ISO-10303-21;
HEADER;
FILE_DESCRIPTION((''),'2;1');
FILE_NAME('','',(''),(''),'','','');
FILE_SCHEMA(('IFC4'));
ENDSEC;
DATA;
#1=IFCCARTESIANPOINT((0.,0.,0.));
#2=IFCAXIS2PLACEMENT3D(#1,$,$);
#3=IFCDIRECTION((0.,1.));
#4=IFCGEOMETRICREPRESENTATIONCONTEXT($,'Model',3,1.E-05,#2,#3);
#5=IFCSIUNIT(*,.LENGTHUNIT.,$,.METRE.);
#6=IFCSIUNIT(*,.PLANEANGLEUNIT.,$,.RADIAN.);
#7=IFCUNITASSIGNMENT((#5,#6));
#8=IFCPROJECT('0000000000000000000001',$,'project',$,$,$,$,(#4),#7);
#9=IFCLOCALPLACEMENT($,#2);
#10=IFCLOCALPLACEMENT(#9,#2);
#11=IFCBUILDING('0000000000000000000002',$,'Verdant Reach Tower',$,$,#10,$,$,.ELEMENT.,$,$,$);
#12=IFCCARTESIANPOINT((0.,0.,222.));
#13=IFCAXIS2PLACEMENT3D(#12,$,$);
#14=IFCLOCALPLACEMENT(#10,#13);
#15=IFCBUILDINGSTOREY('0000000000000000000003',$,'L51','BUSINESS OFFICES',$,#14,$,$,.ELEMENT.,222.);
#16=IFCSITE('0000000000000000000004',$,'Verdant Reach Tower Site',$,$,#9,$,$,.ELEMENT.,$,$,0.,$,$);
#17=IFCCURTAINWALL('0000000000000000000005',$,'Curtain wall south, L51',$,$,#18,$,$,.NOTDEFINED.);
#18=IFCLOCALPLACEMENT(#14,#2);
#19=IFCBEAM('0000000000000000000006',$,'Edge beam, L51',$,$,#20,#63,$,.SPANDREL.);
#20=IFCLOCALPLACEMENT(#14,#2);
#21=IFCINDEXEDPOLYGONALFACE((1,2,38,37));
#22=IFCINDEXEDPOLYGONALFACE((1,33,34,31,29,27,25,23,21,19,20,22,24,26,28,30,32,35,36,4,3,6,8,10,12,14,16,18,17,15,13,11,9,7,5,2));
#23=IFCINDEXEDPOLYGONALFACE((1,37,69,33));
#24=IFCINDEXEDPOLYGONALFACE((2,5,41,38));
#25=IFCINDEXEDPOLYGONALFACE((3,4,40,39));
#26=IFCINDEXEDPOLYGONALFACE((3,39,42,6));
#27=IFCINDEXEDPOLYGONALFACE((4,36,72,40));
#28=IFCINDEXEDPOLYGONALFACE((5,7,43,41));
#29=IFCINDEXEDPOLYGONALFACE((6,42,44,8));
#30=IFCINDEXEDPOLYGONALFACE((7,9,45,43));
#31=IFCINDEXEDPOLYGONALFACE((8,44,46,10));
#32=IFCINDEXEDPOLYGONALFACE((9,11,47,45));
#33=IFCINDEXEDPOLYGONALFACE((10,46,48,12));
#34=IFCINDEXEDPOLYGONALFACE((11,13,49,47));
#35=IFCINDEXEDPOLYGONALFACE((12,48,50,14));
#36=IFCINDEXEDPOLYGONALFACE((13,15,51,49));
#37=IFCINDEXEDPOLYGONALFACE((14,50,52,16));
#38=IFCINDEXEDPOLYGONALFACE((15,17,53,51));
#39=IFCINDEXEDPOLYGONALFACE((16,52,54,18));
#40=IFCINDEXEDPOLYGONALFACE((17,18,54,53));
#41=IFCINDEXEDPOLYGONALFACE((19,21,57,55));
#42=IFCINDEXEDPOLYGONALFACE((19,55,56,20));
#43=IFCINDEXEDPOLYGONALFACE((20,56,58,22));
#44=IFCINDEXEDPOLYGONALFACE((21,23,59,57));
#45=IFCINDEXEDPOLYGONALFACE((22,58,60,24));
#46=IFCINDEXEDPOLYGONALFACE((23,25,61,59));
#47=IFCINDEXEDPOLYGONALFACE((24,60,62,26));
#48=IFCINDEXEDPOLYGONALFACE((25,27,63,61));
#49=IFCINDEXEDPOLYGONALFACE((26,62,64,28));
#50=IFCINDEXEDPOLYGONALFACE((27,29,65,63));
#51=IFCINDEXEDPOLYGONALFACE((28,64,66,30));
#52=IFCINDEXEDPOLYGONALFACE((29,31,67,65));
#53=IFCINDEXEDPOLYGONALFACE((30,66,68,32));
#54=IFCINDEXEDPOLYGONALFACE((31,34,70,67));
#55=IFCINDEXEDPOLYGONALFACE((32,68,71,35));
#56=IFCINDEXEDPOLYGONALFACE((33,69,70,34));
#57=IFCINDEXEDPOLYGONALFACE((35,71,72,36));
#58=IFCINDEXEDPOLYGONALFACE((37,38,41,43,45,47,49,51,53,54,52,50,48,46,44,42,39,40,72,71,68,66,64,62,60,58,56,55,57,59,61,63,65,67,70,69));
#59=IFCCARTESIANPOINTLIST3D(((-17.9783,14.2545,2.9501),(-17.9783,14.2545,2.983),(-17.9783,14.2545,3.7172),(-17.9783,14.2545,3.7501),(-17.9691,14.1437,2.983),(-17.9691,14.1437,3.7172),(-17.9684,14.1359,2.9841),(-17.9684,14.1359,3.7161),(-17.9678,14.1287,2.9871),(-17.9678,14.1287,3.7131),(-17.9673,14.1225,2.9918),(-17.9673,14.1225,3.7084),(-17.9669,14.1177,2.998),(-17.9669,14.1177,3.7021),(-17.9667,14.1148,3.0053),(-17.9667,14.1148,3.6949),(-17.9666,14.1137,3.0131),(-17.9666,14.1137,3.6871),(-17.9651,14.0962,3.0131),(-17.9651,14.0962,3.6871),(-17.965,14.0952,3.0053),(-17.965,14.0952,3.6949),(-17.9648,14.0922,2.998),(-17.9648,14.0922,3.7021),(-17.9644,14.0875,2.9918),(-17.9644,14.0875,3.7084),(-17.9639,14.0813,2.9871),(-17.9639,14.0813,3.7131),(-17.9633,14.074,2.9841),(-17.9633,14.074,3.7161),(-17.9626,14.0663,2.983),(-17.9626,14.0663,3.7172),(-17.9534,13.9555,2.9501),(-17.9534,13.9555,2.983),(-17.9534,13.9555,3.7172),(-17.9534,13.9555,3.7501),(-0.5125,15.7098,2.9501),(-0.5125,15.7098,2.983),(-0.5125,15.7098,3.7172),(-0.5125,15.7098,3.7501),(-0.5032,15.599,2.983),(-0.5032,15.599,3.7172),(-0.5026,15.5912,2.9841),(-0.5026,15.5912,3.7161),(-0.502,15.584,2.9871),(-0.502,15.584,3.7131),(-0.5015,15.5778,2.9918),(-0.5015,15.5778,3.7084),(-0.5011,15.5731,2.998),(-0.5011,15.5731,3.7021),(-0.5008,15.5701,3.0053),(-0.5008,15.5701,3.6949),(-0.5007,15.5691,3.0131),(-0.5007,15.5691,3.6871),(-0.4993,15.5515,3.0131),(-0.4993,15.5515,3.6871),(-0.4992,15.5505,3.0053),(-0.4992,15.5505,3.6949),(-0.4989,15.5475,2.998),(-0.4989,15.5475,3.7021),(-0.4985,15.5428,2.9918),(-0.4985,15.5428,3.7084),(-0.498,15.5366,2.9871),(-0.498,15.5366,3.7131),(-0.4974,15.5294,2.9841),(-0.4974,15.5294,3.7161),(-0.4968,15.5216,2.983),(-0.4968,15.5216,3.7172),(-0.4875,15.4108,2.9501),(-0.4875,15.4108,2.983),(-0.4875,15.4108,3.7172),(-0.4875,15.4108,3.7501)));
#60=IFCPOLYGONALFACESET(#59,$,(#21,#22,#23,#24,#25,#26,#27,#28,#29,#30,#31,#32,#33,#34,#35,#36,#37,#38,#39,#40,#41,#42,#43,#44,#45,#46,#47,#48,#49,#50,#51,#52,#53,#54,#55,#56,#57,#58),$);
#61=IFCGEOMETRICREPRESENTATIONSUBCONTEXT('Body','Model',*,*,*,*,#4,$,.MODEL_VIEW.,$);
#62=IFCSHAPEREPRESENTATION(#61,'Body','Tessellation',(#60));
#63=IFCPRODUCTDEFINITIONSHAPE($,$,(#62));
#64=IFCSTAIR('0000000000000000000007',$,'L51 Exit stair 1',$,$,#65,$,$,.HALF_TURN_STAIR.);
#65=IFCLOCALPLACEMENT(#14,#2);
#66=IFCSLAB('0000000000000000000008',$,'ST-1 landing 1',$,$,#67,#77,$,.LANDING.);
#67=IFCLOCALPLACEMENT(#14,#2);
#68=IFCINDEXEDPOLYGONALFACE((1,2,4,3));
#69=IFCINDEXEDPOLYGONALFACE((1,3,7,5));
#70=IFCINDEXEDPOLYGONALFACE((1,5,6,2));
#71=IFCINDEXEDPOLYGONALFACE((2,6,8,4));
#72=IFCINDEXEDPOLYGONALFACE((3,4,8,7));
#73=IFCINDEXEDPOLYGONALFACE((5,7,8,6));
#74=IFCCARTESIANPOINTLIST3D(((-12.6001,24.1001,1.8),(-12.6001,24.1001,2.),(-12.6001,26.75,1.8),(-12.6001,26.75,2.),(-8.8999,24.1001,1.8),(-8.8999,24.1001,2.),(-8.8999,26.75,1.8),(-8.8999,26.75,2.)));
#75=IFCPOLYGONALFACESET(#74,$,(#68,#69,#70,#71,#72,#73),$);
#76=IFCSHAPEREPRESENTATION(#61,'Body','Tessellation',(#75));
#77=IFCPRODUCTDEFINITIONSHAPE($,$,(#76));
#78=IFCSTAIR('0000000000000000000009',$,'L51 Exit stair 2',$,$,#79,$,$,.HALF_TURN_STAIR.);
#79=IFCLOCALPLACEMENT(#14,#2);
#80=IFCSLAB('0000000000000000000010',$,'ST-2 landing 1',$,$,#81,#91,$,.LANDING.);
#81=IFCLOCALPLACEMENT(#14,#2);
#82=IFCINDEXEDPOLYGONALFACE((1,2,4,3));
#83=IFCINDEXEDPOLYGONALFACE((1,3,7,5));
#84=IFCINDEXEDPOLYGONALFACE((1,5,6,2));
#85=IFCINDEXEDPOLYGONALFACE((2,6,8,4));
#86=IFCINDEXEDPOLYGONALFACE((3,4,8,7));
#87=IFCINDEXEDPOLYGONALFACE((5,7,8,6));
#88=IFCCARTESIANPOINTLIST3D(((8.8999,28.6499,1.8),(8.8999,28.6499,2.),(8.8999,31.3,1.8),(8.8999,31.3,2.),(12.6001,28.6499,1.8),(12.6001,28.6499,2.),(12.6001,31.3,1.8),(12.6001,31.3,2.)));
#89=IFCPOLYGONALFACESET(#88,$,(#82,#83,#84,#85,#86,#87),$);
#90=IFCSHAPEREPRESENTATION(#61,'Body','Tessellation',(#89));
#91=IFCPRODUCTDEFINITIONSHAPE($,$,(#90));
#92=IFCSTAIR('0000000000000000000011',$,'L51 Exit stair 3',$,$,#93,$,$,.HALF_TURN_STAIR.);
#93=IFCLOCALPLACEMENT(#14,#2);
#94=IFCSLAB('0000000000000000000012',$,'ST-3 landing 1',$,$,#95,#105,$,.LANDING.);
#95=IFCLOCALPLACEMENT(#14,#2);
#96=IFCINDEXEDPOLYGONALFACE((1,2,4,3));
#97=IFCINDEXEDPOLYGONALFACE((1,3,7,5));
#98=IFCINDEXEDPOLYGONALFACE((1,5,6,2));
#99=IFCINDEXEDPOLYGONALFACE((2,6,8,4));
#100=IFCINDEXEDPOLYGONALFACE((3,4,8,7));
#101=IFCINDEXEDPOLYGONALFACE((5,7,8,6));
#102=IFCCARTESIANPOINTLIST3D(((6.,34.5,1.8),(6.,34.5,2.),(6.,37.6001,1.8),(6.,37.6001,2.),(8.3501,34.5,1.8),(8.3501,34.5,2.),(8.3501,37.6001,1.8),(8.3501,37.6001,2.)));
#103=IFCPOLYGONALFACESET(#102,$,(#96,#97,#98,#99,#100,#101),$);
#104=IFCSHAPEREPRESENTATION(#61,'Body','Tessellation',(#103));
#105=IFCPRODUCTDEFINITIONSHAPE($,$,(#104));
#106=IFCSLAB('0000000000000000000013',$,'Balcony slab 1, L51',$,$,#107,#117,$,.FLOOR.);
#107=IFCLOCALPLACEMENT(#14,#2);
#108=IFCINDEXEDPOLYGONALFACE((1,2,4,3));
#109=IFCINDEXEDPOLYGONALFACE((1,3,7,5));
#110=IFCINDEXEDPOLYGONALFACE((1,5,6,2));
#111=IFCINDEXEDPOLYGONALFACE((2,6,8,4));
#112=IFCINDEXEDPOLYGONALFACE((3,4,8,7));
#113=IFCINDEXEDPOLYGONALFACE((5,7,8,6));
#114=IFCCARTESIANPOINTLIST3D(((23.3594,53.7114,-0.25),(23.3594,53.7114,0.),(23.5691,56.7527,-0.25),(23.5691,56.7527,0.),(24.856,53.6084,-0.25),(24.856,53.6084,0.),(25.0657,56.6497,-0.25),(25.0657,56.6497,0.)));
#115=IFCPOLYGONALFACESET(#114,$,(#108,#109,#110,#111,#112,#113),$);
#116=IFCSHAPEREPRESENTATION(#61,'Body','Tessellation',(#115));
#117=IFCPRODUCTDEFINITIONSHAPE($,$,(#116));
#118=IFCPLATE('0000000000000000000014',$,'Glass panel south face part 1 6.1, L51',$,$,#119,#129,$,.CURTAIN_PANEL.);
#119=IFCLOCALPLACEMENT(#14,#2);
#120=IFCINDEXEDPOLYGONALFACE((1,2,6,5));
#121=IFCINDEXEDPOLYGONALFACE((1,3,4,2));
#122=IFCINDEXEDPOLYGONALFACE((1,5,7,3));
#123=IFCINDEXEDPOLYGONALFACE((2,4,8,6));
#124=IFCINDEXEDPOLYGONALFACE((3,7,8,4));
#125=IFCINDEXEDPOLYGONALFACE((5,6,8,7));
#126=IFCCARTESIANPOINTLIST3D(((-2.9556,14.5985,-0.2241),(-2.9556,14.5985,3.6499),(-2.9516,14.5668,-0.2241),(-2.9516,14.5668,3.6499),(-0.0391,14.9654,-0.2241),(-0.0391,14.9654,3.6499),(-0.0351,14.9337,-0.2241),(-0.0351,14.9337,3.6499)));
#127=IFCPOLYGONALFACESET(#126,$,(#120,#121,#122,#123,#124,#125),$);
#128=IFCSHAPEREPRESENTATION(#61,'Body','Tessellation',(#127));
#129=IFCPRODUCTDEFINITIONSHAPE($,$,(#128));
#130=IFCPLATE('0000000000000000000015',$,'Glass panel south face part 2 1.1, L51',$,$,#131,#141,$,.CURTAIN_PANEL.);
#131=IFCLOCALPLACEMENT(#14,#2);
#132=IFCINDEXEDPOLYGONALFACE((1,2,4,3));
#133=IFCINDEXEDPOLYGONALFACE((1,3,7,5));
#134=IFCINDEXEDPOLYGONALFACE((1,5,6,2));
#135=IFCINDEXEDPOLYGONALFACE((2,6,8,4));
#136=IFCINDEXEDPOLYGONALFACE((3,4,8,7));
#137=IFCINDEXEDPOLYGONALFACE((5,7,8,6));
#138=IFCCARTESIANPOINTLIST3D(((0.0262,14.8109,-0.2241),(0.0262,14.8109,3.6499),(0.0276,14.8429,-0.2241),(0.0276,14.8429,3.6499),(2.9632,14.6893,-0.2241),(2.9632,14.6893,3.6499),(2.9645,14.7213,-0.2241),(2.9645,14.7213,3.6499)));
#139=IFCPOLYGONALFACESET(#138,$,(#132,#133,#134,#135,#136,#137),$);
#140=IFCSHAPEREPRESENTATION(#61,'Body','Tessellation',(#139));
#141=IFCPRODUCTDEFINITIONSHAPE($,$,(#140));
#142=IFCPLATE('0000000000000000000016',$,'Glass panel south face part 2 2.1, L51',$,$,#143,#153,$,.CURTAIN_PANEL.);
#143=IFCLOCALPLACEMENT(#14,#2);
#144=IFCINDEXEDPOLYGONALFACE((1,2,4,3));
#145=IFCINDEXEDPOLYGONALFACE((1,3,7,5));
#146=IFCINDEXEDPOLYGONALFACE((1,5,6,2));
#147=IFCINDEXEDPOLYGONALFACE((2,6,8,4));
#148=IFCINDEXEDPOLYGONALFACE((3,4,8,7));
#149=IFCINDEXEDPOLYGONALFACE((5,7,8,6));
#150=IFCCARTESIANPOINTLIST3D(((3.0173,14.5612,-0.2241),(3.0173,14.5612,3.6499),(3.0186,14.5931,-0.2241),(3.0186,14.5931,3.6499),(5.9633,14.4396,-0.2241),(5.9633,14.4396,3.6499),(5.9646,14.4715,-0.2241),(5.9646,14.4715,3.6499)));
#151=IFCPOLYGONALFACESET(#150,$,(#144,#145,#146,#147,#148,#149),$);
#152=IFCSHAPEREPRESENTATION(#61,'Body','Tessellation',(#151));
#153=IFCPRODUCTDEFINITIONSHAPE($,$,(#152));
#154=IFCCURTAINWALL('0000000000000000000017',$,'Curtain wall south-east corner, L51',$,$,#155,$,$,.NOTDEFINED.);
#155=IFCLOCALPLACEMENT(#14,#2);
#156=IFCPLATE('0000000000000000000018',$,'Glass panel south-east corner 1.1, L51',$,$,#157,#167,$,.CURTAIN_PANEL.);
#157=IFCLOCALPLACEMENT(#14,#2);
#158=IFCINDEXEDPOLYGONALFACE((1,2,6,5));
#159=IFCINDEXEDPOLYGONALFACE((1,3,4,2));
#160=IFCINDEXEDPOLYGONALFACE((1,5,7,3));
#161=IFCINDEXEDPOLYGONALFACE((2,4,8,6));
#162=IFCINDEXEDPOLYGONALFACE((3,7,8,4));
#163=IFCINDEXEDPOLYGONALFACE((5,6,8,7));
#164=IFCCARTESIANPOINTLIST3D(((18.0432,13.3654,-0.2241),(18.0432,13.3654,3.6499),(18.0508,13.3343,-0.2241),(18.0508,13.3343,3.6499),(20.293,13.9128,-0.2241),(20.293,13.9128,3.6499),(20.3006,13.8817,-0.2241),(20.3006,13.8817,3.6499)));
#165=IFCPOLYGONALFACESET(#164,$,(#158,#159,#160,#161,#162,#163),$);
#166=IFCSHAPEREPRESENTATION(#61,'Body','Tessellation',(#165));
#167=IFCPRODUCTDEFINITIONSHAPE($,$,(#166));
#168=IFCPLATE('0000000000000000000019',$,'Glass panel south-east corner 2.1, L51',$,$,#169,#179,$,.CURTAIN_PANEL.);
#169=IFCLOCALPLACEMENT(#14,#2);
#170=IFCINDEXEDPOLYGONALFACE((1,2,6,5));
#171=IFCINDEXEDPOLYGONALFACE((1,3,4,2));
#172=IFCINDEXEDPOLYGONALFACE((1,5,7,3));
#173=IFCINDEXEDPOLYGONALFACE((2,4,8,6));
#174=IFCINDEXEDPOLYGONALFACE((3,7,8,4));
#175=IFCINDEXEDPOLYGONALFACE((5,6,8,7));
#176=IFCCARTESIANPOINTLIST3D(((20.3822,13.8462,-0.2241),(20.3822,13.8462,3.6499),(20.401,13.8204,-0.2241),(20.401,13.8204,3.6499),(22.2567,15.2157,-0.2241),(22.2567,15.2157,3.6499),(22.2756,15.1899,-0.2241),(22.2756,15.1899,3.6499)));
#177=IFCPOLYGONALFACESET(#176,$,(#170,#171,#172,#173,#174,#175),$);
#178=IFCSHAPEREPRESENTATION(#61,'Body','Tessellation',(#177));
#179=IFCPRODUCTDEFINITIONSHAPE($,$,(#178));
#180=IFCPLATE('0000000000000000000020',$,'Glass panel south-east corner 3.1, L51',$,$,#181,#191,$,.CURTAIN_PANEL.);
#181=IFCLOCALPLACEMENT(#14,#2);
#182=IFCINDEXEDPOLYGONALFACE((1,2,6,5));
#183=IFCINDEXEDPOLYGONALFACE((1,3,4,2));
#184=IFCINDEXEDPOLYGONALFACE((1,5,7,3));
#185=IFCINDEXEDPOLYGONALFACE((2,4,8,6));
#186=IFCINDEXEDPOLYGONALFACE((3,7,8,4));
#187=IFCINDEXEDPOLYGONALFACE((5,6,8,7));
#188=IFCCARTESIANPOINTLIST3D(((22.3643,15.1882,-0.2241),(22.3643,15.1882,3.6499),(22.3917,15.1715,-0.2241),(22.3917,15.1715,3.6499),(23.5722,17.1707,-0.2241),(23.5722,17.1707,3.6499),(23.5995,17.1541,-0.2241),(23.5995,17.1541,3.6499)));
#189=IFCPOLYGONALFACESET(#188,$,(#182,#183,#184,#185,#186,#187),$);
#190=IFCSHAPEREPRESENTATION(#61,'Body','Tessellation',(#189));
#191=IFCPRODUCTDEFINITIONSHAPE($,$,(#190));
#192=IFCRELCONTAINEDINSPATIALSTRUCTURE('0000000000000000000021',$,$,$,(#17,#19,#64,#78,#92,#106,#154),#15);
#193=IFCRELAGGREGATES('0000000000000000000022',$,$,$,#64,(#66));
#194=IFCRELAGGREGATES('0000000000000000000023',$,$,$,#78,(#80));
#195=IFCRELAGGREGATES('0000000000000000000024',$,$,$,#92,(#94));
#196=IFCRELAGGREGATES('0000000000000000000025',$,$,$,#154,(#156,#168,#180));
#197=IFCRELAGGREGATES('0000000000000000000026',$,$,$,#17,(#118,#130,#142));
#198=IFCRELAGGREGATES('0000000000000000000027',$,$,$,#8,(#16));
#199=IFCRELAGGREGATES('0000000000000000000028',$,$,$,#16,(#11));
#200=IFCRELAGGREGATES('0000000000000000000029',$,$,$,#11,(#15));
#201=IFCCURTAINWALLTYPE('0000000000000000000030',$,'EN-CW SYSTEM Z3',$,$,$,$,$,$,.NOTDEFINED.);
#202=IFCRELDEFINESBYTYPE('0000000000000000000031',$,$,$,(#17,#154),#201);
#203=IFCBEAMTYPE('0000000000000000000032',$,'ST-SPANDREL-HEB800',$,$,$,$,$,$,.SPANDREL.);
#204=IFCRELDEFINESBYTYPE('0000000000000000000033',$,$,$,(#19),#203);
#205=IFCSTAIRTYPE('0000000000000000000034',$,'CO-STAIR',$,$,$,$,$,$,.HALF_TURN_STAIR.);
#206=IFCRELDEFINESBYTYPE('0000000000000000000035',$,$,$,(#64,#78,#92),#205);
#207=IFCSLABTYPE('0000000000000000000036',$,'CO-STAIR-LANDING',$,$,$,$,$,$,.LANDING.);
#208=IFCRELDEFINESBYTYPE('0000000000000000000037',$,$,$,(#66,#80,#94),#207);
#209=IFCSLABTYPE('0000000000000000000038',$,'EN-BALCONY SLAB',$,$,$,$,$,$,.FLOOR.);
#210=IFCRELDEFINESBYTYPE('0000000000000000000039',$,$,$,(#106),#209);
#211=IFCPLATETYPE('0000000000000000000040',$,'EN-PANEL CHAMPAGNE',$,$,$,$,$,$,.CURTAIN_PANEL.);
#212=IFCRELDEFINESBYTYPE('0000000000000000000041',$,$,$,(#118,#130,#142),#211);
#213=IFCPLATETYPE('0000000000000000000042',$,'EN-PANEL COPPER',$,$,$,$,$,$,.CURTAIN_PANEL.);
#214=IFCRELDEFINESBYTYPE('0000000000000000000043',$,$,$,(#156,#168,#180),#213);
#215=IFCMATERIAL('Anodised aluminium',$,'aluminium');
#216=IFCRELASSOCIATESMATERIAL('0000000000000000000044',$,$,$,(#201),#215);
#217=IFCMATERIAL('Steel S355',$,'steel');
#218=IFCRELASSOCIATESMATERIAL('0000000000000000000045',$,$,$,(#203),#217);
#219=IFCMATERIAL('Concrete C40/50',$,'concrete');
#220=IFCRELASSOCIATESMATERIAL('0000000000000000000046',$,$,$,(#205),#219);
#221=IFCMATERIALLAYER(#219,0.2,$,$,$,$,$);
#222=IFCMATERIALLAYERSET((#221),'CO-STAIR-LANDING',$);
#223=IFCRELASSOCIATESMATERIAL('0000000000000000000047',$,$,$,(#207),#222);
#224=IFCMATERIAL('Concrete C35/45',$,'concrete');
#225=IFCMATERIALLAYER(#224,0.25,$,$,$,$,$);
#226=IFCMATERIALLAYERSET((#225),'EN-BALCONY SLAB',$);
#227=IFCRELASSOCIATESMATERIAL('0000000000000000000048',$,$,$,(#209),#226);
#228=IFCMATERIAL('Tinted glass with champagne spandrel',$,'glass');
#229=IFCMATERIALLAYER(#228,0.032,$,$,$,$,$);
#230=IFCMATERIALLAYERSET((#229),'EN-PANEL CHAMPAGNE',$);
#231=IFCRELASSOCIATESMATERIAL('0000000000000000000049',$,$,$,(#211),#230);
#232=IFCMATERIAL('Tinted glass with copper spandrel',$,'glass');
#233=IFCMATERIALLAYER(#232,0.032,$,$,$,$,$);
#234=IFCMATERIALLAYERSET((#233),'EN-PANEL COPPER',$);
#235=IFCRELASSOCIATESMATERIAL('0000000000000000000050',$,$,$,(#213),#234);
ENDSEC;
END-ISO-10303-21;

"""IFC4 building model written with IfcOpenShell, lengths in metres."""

from ifc_helpers import new_model, si_unit, direction, frame, origin, origin_2d, place, context, subcontext, project, spatial, polyline, rectangle, i_section, outline, extrude, material, layer, layer_set, material_profile, profile_set, type_object, element, aggregate, save


model = new_model("IFC4")

# Units and contexts
model_context = context("Model", 3, precision=1e-05, world=origin(), true_north=direction((0.0, 1.0)))
body_context = subcontext(model_context, "Body", "Model", "MODEL_VIEW")
ifc_project = project(units=[si_unit("LENGTHUNIT", "METRE"), si_unit("PLANEANGLEUNIT", "RADIAN")], contexts=[model_context])

# Site, building, storey
site_placement = place(None, origin())
site = spatial("IfcSite", under=ifc_project, at=site_placement, Name="Verdant Reach Tower Site", CompositionType="ELEMENT", RefElevation=0.0)
building_placement = place(site_placement, origin())
building = spatial("IfcBuilding", under=site, at=building_placement, Name="Verdant Reach Tower", CompositionType="ELEMENT")
storey_placement = place(building_placement, frame((0.0, 0.0, 222.0)))
storey = spatial("IfcBuildingStorey", under=building, at=storey_placement, Name="L51", Description="BUSINESS OFFICES", CompositionType="ELEMENT", Elevation=222.0)

# Curtain wall
ifc_material_1 = material(Name="Anodised aluminium", Category="aluminium")
curtain_wall_type = type_object("IfcCurtainWallType", Name="EN-CW SYSTEM Z3", PredefinedType="NOTDEFINED", material=ifc_material_1)
curtain_wall_1_placement = place(storey_placement, origin())
curtain_wall_1 = element("IfcCurtainWall", 1, at=curtain_wall_1_placement, inside=storey, type_object=curtain_wall_type, Name="Curtain wall south, L51", PredefinedType="NOTDEFINED")

# Beam
ifc_material_2 = material(Name="Steel S355", Category="steel")
ifc_material_profile_1 = material_profile(ifc_material_2, i_section(OverallWidth=0.3, OverallDepth=0.8, WebThickness=0.0176, FlangeThickness=0.033, FilletRadius=0.03, at=origin_2d()), Name="HEB 800")
ifc_profile_set_1 = profile_set([ifc_material_profile_1], Name="Steel S355")
beam_type_1 = type_object("IfcBeamType", Name="ST-SPANDREL-HEB800", PredefinedType="SPANDREL", material=ifc_profile_set_1)
for number, where, z_axis, x_axis, name in (
    (2, (-0.5, 15.5603, 3.3501), (-0.996547, -0.083036, 0.0), (0.083036, -0.996547, 0.0), "Edge beam, L51"),
):
    element("IfcBeam", number, at=place(storey_placement, frame(where, z_axis=z_axis, x_axis=x_axis)), inside=storey, type_object=beam_type_1, Name=name, PredefinedType="SPANDREL", context=body_context, shape_type="SweptSolid", body=[
        extrude(i_section(OverallWidth=0.3, OverallDepth=0.8, WebThickness=0.0176, FlangeThickness=0.033, FilletRadius=0.03, at=origin_2d()), origin(), (0.0, 0.0, 1.0), 17.5264),
    ])

# Stairs, slabs
ifc_material_3 = material(Name="Concrete C40/50", Category="concrete")
stair_type = type_object("IfcStairType", Name="CO-STAIR", PredefinedType="HALF_TURN_STAIR", material=ifc_material_3)
stair_1_placement = place(storey_placement, origin())
stair_1 = element("IfcStair", 3, at=stair_1_placement, inside=storey, type_object=stair_type, Name="L51 Exit stair 1", PredefinedType="HALF_TURN_STAIR")
ifc_layer_1 = layer(ifc_material_3, 0.2)
ifc_layer_set_1 = layer_set([ifc_layer_1], Name="CO-STAIR-LANDING")
slab_type_1 = type_object("IfcSlabType", Name="CO-STAIR-LANDING", PredefinedType="LANDING", material=ifc_layer_set_1)
slab_1_placement = place(storey_placement, frame((0.0, 0.0, 1.8)))
slab_1 = element("IfcSlab", 4, at=slab_1_placement, type_object=slab_type_1, Name="ST-1 landing 1", PredefinedType="LANDING", context=body_context, shape_type="SweptSolid", body=[
    extrude(outline(polyline([(-12.6001, 26.75), (-12.6001, 24.1001), (-8.8999, 24.1001), (-8.8999, 26.75), (-12.6001, 26.75)])), origin(), (0.0, 0.0, 1.0), 0.2),
])
aggregate(stair_1, [slab_1])
stair_2_placement = place(storey_placement, origin())
stair_2 = element("IfcStair", 5, at=stair_2_placement, inside=storey, type_object=stair_type, Name="L51 Exit stair 2", PredefinedType="HALF_TURN_STAIR")
slab_2_placement = place(storey_placement, frame((0.0, 0.0, 1.8)))
slab_2 = element("IfcSlab", 6, at=slab_2_placement, type_object=slab_type_1, Name="ST-2 landing 1", PredefinedType="LANDING", context=body_context, shape_type="SweptSolid", body=[
    extrude(outline(polyline([(12.6001, 28.6499), (12.6001, 31.3), (8.8999, 31.3), (8.8999, 28.6499), (12.6001, 28.6499)])), origin(), (0.0, 0.0, 1.0), 0.2),
])
aggregate(stair_2, [slab_2])
stair_3_placement = place(storey_placement, origin())
stair_3 = element("IfcStair", 7, at=stair_3_placement, inside=storey, type_object=stair_type, Name="L51 Exit stair 3", PredefinedType="HALF_TURN_STAIR")
slab_3_placement = place(storey_placement, frame((0.0, 0.0, 1.8)))
slab_3 = element("IfcSlab", 8, at=slab_3_placement, type_object=slab_type_1, Name="ST-3 landing 1", PredefinedType="LANDING", context=body_context, shape_type="SweptSolid", body=[
    extrude(outline(polyline([(8.3501, 37.6001), (6.0, 37.6001), (6.0, 34.5), (8.3501, 34.5), (8.3501, 37.6001)])), origin(), (0.0, 0.0, 1.0), 0.2),
])
aggregate(stair_3, [slab_3])

# Slab
ifc_material_4 = material(Name="Concrete C35/45", Category="concrete")
ifc_layer_2 = layer(ifc_material_4, 0.25)
ifc_layer_set_2 = layer_set([ifc_layer_2], Name="EN-BALCONY SLAB")
slab_type_2 = type_object("IfcSlabType", Name="EN-BALCONY SLAB", PredefinedType="FLOOR", material=ifc_layer_set_2)
slab_4_placement = place(storey_placement, frame((0.0, 0.0, -0.25)))
element("IfcSlab", 9, at=slab_4_placement, inside=storey, type_object=slab_type_2, Name="Balcony slab 1, L51", PredefinedType="FLOOR", context=body_context, shape_type="SweptSolid", body=[
    extrude(outline(polyline([(23.3594, 53.7114), (23.5691, 56.7527), (25.0657, 56.6497), (24.856, 53.6084), (23.3594, 53.7114)])), origin(), (0.0, 0.0, 1.0), 0.25),
])

# Plates
ifc_material_5 = material(Name="Tinted glass with champagne spandrel", Category="glass")
ifc_layer_3 = layer(ifc_material_5, 0.032)
ifc_layer_set_3 = layer_set([ifc_layer_3], Name="EN-PANEL CHAMPAGNE")
plate_type_1 = type_object("IfcPlateType", Name="EN-PANEL CHAMPAGNE", PredefinedType="CURTAIN_PANEL", material=ifc_layer_set_3)
plate_1_placement = place(storey_placement, frame((-1.4954, 14.7661, -0.2241), z_axis=(0.0, 0.0, 1.0), x_axis=(0.992178, 0.124828, 0.0)))
plate_1 = element("IfcPlate", 10, at=plate_1_placement, type_object=plate_type_1, Name="Glass panel south face part 1 6.1, L51", PredefinedType="CURTAIN_PANEL", context=body_context, shape_type="SweptSolid", body=[
    extrude(rectangle(XDim=2.9395, YDim=0.032, at=origin_2d()), origin(), (0.0, 0.0, 1.0), 3.874),
])
plate_2_placement = place(storey_placement, frame((1.4954, 14.7661, -0.2241), z_axis=(0.0, 0.0, 1.0), x_axis=(0.999144, -0.041367, 0.0)))
plate_2 = element("IfcPlate", 11, at=plate_2_placement, type_object=plate_type_1, Name="Glass panel south face part 2 1.1, L51", PredefinedType="CURTAIN_PANEL", context=body_context, shape_type="SweptSolid", body=[
    extrude(rectangle(XDim=2.9395, YDim=0.032, at=origin_2d()), origin(), (0.0, 0.0, 1.0), 3.874),
])
plate_3_placement = place(storey_placement, frame((4.491, 14.5164, -0.2241), z_axis=(0.0, 0.0, 1.0), x_axis=(0.999149, -0.041242, 0.0)))
plate_3 = element("IfcPlate", 12, at=plate_3_placement, type_object=plate_type_1, Name="Glass panel south face part 2 2.1, L51", PredefinedType="CURTAIN_PANEL", context=body_context, shape_type="SweptSolid", body=[
    extrude(rectangle(XDim=2.9485, YDim=0.032, at=origin_2d()), origin(), (0.0, 0.0, 1.0), 3.874),
])

# Curtain wall, plates
curtain_wall_2_placement = place(storey_placement, origin())
curtain_wall_2 = element("IfcCurtainWall", 13, at=curtain_wall_2_placement, inside=storey, type_object=curtain_wall_type, Name="Curtain wall south-east corner, L51", PredefinedType="NOTDEFINED")
ifc_material_6 = material(Name="Tinted glass with copper spandrel", Category="glass")
ifc_layer_4 = layer(ifc_material_6, 0.032)
ifc_layer_set_4 = layer_set([ifc_layer_4], Name="EN-PANEL COPPER")
plate_type_2 = type_object("IfcPlateType", Name="EN-PANEL COPPER", PredefinedType="CURTAIN_PANEL", material=ifc_layer_set_4)
plate_4_placement = place(storey_placement, frame((19.1719, 13.6235, -0.2241), z_axis=(0.0, 0.0, 1.0), x_axis=(0.971655, 0.236403, 0.0)))
plate_4 = element("IfcPlate", 14, at=plate_4_placement, type_object=plate_type_2, Name="Glass panel south-east corner 1.1, L51", PredefinedType="CURTAIN_PANEL", context=body_context, shape_type="SweptSolid", body=[
    extrude(rectangle(XDim=2.3154, YDim=0.032, at=origin_2d()), origin(), (0.0, 0.0, 1.0), 3.874),
])
plate_5_placement = place(storey_placement, frame((21.3289, 14.5181, -0.2241), z_axis=(0.0, 0.0, 1.0), x_axis=(0.807457, 0.589927, 0.0)))
plate_5 = element("IfcPlate", 15, at=plate_5_placement, type_object=plate_type_2, Name="Glass panel south-east corner 2.1, L51", PredefinedType="CURTAIN_PANEL", context=body_context, shape_type="SweptSolid", body=[
    extrude(rectangle(XDim=2.3215, YDim=0.032, at=origin_2d()), origin(), (0.0, 0.0, 1.0), 3.874),
])
plate_6_placement = place(storey_placement, frame((22.9819, 16.1711, -0.2241), z_axis=(0.0, 0.0, 1.0), x_axis=(0.520292, 0.853989, 0.0)))
plate_6 = element("IfcPlate", 16, at=plate_6_placement, type_object=plate_type_2, Name="Glass panel south-east corner 3.1, L51", PredefinedType="CURTAIN_PANEL", context=body_context, shape_type="SweptSolid", body=[
    extrude(rectangle(XDim=2.3215, YDim=0.032, at=origin_2d()), origin(), (0.0, 0.0, 1.0), 3.874),
])

aggregate(curtain_wall_2, [plate_4, plate_5, plate_6])
aggregate(curtain_wall_1, [plate_1, plate_2, plate_3])

save(model, "model.ifc")
